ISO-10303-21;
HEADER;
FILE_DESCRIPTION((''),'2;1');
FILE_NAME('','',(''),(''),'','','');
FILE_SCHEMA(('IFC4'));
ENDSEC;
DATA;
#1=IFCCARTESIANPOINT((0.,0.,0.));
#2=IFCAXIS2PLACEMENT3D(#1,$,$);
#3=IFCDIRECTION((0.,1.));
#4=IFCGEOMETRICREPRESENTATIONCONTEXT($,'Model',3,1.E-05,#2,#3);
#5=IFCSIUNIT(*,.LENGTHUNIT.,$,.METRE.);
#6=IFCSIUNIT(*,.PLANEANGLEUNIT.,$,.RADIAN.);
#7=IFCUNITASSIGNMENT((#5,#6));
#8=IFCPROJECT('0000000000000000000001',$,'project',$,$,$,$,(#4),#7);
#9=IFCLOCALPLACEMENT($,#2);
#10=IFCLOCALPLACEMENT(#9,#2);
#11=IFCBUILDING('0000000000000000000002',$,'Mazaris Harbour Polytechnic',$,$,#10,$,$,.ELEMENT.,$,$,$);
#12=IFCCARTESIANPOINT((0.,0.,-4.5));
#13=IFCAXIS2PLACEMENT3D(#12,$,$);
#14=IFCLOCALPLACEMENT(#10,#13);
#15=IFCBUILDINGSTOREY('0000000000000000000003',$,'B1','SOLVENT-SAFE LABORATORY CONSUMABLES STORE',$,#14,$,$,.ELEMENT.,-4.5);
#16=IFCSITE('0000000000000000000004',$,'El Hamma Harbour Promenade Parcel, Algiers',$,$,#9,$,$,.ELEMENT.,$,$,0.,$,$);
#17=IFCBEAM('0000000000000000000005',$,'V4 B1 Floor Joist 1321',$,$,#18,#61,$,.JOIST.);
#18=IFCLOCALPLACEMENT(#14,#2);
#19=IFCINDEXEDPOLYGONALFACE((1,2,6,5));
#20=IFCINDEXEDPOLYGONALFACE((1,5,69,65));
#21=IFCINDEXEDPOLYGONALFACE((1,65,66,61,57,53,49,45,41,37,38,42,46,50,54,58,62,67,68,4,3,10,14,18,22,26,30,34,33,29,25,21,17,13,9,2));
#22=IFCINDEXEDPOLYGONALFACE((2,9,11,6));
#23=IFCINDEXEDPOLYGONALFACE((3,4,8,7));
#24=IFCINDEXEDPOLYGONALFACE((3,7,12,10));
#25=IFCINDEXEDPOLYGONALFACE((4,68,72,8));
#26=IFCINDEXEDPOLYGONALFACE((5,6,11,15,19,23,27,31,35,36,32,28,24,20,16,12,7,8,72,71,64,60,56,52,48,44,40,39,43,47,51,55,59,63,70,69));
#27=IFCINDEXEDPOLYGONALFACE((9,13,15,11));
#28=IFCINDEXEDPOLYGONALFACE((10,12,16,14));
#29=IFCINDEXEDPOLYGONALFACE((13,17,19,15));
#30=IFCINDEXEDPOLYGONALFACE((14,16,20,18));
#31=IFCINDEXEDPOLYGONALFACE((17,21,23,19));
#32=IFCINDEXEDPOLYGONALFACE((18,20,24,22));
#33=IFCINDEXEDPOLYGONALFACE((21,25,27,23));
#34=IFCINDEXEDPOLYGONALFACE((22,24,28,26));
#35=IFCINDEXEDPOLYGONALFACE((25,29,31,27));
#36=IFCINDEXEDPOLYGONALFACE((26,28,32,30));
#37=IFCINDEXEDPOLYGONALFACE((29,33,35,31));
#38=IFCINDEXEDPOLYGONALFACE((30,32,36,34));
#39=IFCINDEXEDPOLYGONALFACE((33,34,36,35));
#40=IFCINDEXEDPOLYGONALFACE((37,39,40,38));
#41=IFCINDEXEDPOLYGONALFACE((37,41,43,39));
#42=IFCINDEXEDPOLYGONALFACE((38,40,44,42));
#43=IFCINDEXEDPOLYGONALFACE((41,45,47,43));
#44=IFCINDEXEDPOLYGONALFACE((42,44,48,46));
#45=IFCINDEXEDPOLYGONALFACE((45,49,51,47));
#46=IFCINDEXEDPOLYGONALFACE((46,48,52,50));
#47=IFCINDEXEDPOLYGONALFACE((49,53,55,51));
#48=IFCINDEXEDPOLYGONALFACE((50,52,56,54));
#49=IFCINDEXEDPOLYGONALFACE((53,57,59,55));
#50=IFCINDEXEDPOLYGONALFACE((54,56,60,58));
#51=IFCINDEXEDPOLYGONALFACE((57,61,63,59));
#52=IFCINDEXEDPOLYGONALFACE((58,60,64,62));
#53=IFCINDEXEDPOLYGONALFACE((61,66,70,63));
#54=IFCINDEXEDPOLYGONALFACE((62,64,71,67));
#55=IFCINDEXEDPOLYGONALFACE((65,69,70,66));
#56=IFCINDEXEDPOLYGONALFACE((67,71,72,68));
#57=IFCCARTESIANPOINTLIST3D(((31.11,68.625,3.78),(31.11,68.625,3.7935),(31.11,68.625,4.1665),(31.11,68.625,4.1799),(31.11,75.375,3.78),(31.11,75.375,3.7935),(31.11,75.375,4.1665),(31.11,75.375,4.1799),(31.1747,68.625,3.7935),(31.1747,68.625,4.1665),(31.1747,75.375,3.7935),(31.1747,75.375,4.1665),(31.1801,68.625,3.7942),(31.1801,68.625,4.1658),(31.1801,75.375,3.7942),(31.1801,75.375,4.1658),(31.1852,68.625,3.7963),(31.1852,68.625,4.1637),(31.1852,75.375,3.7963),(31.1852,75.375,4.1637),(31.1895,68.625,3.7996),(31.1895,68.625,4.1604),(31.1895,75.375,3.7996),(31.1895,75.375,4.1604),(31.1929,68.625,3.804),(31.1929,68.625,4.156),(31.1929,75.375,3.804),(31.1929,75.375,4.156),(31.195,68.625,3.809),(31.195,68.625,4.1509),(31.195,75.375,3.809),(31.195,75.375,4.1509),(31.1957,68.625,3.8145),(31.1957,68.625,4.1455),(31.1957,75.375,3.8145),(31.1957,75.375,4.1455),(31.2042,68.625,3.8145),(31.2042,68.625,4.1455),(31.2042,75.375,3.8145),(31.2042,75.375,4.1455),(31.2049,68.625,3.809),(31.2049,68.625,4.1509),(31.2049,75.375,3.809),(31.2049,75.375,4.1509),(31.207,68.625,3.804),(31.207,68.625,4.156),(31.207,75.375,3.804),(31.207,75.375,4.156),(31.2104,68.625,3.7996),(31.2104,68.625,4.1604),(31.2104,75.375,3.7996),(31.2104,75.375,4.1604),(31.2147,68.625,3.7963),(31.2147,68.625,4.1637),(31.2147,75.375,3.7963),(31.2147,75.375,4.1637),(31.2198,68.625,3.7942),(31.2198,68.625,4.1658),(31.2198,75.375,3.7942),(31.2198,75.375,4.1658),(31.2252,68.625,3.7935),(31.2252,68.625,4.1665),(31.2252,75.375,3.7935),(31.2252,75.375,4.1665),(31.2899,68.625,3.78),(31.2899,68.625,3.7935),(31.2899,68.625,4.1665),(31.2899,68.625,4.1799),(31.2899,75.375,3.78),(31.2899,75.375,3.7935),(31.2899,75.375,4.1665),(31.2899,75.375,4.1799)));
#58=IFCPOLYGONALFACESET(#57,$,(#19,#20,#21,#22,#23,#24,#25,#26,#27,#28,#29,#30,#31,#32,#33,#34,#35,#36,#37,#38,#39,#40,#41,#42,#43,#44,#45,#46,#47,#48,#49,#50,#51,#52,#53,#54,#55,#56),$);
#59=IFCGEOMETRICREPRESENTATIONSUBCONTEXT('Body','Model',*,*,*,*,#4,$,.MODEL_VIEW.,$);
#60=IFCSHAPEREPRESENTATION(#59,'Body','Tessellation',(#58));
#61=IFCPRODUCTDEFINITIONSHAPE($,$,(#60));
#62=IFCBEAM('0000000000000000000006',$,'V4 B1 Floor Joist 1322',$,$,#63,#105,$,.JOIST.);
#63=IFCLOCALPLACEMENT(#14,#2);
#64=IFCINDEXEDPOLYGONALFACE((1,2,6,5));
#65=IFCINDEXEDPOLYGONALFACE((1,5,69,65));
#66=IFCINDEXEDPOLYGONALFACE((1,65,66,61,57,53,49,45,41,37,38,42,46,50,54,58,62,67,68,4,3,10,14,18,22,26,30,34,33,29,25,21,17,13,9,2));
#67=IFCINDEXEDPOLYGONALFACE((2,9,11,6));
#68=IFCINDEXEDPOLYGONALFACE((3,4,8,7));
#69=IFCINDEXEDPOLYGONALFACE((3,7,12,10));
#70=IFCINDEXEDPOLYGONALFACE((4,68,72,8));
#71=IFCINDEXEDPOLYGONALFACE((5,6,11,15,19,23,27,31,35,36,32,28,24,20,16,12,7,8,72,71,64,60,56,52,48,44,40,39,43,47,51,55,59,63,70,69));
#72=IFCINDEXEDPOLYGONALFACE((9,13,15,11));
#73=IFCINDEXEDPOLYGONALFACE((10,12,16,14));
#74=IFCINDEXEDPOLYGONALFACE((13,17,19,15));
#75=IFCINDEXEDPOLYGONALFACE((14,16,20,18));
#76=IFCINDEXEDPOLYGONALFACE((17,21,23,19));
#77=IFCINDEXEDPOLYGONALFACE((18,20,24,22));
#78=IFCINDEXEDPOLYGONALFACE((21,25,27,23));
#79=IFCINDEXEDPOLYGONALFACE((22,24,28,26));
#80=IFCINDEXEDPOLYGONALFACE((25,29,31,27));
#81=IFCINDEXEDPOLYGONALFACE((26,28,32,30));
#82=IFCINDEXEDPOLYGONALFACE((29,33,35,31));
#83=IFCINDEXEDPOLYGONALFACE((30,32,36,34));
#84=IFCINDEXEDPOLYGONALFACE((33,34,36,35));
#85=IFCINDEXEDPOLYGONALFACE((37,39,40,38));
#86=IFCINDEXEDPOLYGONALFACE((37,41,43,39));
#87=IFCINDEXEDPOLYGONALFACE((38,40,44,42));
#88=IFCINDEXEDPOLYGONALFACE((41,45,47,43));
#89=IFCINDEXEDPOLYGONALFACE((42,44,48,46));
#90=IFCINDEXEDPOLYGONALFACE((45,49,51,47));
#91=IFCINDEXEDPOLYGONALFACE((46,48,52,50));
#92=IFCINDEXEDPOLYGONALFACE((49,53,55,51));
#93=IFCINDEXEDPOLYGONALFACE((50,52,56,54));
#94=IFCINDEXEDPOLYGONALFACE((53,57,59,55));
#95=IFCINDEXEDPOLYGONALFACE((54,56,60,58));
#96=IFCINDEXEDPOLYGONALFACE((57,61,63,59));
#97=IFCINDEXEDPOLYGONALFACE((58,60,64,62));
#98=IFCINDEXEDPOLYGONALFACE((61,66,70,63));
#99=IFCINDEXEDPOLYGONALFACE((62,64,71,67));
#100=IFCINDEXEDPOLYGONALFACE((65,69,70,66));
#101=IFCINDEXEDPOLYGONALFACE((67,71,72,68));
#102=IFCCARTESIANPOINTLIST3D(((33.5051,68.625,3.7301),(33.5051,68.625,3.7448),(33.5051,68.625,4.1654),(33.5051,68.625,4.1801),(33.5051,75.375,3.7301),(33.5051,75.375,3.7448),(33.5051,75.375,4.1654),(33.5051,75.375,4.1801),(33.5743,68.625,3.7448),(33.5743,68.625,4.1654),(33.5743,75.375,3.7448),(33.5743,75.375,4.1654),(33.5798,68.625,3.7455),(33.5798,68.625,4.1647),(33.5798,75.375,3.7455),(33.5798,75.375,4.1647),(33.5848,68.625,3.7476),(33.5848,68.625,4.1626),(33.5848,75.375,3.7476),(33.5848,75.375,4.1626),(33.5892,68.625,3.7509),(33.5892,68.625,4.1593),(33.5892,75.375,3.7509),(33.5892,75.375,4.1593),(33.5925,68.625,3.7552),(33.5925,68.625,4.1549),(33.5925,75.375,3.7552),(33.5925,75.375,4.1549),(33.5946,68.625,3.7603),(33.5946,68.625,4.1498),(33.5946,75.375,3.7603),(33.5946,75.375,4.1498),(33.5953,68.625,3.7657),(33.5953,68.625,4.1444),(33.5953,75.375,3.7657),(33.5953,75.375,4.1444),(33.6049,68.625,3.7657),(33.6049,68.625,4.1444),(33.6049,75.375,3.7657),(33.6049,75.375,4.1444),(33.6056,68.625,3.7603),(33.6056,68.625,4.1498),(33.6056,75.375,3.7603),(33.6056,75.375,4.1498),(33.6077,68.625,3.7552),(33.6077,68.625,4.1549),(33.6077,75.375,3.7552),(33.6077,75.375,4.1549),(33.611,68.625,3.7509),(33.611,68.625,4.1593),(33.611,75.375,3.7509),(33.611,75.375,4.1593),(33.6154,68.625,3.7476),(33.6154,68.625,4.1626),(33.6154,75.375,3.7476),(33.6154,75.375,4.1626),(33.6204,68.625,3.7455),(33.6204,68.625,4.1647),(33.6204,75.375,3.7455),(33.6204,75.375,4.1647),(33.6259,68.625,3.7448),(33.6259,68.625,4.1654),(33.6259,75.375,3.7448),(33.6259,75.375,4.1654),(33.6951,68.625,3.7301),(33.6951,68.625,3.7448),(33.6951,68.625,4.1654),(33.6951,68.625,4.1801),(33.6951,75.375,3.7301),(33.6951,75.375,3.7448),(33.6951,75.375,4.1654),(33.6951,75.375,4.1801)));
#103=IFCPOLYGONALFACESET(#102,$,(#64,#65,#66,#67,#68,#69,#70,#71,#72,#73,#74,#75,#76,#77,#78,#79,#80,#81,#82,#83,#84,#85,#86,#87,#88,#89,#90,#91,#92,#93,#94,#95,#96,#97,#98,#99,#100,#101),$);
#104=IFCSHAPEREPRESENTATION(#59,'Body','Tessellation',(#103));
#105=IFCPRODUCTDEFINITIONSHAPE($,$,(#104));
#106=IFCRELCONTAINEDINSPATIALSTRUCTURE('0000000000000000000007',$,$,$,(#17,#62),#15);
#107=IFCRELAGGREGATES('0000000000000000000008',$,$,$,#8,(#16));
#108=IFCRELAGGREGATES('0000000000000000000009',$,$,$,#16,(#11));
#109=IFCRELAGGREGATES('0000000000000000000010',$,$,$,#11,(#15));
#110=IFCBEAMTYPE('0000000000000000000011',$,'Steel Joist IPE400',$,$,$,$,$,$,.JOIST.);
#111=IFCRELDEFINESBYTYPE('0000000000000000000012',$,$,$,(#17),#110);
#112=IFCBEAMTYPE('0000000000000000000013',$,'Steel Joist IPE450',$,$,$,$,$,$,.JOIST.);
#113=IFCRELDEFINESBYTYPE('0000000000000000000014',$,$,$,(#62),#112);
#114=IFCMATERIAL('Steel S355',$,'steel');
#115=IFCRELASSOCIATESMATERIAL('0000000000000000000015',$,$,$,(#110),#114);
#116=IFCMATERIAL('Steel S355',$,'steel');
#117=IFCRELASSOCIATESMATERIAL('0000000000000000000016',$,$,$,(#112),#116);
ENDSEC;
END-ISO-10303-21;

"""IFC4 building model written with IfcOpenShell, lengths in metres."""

from ifc_helpers import new_model, si_unit, direction, frame, origin, origin_2d, place, context, subcontext, project, spatial, i_section, extrude, material, material_profile, profile_set, type_object, element, save


model = new_model("IFC4")

# Units and contexts
model_context = context("Model", 3, precision=1e-05, world=origin(), true_north=direction((0.0, 1.0)))
body_context = subcontext(model_context, "Body", "Model", "MODEL_VIEW")
ifc_project = project(units=[si_unit("LENGTHUNIT", "METRE"), si_unit("PLANEANGLEUNIT", "RADIAN")], contexts=[model_context])

# Site, building, storey
site_placement = place(None, origin())
site = spatial("IfcSite", under=ifc_project, at=site_placement, Name="El Hamma Harbour Promenade Parcel, Algiers", CompositionType="ELEMENT", RefElevation=0.0)
building_placement = place(site_placement, origin())
building = spatial("IfcBuilding", under=site, at=building_placement, Name="Mazaris Harbour Polytechnic", CompositionType="ELEMENT")
storey_placement = place(building_placement, frame((0.0, 0.0, -4.5)))
storey = spatial("IfcBuildingStorey", under=building, at=storey_placement, Name="B1", Description="SOLVENT-SAFE LABORATORY CONSUMABLES STORE", CompositionType="ELEMENT", Elevation=-4.5)

# Beams
ifc_material_1 = material(Name="Steel S355", Category="steel")
ifc_material_profile_1 = material_profile(ifc_material_1, i_section(OverallWidth=0.1799, OverallDepth=0.3999, WebThickness=0.0085, FlangeThickness=0.0134, FilletRadius=0.021, at=origin_2d()), Name="IPE 400")
ifc_profile_set_1 = profile_set([ifc_material_profile_1], Name="Steel S355")
beam_type_1 = type_object("IfcBeamType", Name="Steel Joist IPE400", PredefinedType="JOIST", material=ifc_profile_set_1)
beam_1_placement = place(storey_placement, frame((31.2, 68.625, 3.98), z_axis=(0.0, 1.0, 0.0), x_axis=(-1.0, 0.0, 0.0)))
element("IfcBeam", 1, at=beam_1_placement, inside=storey, type_object=beam_type_1, Name="V4 B1 Floor Joist 1321", PredefinedType="JOIST", context=body_context, shape_type="SweptSolid", body=[
    extrude(i_section(OverallWidth=0.1799, OverallDepth=0.3999, WebThickness=0.0085, FlangeThickness=0.0134, FilletRadius=0.021, at=origin_2d()), origin(), (0.0, 0.0, 1.0), 6.75),
])
ifc_material_2 = material(Name="Steel S355", Category="steel")
ifc_material_profile_2 = material_profile(ifc_material_2, i_section(OverallWidth=0.1899, OverallDepth=0.45, WebThickness=0.0095, FlangeThickness=0.0146, FilletRadius=0.021, at=origin_2d()), Name="IPE 450")
ifc_profile_set_2 = profile_set([ifc_material_profile_2], Name="Steel S355")
beam_type_2 = type_object("IfcBeamType", Name="Steel Joist IPE450", PredefinedType="JOIST", material=ifc_profile_set_2)
beam_2_placement = place(storey_placement, frame((33.6001, 68.625, 3.9551), z_axis=(0.0, 1.0, 0.0), x_axis=(-1.0, 0.0, 0.0)))
element("IfcBeam", 2, at=beam_2_placement, inside=storey, type_object=beam_type_2, Name="V4 B1 Floor Joist 1322", PredefinedType="JOIST", context=body_context, shape_type="SweptSolid", body=[
    extrude(i_section(OverallWidth=0.1899, OverallDepth=0.45, WebThickness=0.0095, FlangeThickness=0.0146, FilletRadius=0.021, at=origin_2d()), origin(), (0.0, 0.0, 1.0), 6.75),
])

save(model, "model.ifc")
